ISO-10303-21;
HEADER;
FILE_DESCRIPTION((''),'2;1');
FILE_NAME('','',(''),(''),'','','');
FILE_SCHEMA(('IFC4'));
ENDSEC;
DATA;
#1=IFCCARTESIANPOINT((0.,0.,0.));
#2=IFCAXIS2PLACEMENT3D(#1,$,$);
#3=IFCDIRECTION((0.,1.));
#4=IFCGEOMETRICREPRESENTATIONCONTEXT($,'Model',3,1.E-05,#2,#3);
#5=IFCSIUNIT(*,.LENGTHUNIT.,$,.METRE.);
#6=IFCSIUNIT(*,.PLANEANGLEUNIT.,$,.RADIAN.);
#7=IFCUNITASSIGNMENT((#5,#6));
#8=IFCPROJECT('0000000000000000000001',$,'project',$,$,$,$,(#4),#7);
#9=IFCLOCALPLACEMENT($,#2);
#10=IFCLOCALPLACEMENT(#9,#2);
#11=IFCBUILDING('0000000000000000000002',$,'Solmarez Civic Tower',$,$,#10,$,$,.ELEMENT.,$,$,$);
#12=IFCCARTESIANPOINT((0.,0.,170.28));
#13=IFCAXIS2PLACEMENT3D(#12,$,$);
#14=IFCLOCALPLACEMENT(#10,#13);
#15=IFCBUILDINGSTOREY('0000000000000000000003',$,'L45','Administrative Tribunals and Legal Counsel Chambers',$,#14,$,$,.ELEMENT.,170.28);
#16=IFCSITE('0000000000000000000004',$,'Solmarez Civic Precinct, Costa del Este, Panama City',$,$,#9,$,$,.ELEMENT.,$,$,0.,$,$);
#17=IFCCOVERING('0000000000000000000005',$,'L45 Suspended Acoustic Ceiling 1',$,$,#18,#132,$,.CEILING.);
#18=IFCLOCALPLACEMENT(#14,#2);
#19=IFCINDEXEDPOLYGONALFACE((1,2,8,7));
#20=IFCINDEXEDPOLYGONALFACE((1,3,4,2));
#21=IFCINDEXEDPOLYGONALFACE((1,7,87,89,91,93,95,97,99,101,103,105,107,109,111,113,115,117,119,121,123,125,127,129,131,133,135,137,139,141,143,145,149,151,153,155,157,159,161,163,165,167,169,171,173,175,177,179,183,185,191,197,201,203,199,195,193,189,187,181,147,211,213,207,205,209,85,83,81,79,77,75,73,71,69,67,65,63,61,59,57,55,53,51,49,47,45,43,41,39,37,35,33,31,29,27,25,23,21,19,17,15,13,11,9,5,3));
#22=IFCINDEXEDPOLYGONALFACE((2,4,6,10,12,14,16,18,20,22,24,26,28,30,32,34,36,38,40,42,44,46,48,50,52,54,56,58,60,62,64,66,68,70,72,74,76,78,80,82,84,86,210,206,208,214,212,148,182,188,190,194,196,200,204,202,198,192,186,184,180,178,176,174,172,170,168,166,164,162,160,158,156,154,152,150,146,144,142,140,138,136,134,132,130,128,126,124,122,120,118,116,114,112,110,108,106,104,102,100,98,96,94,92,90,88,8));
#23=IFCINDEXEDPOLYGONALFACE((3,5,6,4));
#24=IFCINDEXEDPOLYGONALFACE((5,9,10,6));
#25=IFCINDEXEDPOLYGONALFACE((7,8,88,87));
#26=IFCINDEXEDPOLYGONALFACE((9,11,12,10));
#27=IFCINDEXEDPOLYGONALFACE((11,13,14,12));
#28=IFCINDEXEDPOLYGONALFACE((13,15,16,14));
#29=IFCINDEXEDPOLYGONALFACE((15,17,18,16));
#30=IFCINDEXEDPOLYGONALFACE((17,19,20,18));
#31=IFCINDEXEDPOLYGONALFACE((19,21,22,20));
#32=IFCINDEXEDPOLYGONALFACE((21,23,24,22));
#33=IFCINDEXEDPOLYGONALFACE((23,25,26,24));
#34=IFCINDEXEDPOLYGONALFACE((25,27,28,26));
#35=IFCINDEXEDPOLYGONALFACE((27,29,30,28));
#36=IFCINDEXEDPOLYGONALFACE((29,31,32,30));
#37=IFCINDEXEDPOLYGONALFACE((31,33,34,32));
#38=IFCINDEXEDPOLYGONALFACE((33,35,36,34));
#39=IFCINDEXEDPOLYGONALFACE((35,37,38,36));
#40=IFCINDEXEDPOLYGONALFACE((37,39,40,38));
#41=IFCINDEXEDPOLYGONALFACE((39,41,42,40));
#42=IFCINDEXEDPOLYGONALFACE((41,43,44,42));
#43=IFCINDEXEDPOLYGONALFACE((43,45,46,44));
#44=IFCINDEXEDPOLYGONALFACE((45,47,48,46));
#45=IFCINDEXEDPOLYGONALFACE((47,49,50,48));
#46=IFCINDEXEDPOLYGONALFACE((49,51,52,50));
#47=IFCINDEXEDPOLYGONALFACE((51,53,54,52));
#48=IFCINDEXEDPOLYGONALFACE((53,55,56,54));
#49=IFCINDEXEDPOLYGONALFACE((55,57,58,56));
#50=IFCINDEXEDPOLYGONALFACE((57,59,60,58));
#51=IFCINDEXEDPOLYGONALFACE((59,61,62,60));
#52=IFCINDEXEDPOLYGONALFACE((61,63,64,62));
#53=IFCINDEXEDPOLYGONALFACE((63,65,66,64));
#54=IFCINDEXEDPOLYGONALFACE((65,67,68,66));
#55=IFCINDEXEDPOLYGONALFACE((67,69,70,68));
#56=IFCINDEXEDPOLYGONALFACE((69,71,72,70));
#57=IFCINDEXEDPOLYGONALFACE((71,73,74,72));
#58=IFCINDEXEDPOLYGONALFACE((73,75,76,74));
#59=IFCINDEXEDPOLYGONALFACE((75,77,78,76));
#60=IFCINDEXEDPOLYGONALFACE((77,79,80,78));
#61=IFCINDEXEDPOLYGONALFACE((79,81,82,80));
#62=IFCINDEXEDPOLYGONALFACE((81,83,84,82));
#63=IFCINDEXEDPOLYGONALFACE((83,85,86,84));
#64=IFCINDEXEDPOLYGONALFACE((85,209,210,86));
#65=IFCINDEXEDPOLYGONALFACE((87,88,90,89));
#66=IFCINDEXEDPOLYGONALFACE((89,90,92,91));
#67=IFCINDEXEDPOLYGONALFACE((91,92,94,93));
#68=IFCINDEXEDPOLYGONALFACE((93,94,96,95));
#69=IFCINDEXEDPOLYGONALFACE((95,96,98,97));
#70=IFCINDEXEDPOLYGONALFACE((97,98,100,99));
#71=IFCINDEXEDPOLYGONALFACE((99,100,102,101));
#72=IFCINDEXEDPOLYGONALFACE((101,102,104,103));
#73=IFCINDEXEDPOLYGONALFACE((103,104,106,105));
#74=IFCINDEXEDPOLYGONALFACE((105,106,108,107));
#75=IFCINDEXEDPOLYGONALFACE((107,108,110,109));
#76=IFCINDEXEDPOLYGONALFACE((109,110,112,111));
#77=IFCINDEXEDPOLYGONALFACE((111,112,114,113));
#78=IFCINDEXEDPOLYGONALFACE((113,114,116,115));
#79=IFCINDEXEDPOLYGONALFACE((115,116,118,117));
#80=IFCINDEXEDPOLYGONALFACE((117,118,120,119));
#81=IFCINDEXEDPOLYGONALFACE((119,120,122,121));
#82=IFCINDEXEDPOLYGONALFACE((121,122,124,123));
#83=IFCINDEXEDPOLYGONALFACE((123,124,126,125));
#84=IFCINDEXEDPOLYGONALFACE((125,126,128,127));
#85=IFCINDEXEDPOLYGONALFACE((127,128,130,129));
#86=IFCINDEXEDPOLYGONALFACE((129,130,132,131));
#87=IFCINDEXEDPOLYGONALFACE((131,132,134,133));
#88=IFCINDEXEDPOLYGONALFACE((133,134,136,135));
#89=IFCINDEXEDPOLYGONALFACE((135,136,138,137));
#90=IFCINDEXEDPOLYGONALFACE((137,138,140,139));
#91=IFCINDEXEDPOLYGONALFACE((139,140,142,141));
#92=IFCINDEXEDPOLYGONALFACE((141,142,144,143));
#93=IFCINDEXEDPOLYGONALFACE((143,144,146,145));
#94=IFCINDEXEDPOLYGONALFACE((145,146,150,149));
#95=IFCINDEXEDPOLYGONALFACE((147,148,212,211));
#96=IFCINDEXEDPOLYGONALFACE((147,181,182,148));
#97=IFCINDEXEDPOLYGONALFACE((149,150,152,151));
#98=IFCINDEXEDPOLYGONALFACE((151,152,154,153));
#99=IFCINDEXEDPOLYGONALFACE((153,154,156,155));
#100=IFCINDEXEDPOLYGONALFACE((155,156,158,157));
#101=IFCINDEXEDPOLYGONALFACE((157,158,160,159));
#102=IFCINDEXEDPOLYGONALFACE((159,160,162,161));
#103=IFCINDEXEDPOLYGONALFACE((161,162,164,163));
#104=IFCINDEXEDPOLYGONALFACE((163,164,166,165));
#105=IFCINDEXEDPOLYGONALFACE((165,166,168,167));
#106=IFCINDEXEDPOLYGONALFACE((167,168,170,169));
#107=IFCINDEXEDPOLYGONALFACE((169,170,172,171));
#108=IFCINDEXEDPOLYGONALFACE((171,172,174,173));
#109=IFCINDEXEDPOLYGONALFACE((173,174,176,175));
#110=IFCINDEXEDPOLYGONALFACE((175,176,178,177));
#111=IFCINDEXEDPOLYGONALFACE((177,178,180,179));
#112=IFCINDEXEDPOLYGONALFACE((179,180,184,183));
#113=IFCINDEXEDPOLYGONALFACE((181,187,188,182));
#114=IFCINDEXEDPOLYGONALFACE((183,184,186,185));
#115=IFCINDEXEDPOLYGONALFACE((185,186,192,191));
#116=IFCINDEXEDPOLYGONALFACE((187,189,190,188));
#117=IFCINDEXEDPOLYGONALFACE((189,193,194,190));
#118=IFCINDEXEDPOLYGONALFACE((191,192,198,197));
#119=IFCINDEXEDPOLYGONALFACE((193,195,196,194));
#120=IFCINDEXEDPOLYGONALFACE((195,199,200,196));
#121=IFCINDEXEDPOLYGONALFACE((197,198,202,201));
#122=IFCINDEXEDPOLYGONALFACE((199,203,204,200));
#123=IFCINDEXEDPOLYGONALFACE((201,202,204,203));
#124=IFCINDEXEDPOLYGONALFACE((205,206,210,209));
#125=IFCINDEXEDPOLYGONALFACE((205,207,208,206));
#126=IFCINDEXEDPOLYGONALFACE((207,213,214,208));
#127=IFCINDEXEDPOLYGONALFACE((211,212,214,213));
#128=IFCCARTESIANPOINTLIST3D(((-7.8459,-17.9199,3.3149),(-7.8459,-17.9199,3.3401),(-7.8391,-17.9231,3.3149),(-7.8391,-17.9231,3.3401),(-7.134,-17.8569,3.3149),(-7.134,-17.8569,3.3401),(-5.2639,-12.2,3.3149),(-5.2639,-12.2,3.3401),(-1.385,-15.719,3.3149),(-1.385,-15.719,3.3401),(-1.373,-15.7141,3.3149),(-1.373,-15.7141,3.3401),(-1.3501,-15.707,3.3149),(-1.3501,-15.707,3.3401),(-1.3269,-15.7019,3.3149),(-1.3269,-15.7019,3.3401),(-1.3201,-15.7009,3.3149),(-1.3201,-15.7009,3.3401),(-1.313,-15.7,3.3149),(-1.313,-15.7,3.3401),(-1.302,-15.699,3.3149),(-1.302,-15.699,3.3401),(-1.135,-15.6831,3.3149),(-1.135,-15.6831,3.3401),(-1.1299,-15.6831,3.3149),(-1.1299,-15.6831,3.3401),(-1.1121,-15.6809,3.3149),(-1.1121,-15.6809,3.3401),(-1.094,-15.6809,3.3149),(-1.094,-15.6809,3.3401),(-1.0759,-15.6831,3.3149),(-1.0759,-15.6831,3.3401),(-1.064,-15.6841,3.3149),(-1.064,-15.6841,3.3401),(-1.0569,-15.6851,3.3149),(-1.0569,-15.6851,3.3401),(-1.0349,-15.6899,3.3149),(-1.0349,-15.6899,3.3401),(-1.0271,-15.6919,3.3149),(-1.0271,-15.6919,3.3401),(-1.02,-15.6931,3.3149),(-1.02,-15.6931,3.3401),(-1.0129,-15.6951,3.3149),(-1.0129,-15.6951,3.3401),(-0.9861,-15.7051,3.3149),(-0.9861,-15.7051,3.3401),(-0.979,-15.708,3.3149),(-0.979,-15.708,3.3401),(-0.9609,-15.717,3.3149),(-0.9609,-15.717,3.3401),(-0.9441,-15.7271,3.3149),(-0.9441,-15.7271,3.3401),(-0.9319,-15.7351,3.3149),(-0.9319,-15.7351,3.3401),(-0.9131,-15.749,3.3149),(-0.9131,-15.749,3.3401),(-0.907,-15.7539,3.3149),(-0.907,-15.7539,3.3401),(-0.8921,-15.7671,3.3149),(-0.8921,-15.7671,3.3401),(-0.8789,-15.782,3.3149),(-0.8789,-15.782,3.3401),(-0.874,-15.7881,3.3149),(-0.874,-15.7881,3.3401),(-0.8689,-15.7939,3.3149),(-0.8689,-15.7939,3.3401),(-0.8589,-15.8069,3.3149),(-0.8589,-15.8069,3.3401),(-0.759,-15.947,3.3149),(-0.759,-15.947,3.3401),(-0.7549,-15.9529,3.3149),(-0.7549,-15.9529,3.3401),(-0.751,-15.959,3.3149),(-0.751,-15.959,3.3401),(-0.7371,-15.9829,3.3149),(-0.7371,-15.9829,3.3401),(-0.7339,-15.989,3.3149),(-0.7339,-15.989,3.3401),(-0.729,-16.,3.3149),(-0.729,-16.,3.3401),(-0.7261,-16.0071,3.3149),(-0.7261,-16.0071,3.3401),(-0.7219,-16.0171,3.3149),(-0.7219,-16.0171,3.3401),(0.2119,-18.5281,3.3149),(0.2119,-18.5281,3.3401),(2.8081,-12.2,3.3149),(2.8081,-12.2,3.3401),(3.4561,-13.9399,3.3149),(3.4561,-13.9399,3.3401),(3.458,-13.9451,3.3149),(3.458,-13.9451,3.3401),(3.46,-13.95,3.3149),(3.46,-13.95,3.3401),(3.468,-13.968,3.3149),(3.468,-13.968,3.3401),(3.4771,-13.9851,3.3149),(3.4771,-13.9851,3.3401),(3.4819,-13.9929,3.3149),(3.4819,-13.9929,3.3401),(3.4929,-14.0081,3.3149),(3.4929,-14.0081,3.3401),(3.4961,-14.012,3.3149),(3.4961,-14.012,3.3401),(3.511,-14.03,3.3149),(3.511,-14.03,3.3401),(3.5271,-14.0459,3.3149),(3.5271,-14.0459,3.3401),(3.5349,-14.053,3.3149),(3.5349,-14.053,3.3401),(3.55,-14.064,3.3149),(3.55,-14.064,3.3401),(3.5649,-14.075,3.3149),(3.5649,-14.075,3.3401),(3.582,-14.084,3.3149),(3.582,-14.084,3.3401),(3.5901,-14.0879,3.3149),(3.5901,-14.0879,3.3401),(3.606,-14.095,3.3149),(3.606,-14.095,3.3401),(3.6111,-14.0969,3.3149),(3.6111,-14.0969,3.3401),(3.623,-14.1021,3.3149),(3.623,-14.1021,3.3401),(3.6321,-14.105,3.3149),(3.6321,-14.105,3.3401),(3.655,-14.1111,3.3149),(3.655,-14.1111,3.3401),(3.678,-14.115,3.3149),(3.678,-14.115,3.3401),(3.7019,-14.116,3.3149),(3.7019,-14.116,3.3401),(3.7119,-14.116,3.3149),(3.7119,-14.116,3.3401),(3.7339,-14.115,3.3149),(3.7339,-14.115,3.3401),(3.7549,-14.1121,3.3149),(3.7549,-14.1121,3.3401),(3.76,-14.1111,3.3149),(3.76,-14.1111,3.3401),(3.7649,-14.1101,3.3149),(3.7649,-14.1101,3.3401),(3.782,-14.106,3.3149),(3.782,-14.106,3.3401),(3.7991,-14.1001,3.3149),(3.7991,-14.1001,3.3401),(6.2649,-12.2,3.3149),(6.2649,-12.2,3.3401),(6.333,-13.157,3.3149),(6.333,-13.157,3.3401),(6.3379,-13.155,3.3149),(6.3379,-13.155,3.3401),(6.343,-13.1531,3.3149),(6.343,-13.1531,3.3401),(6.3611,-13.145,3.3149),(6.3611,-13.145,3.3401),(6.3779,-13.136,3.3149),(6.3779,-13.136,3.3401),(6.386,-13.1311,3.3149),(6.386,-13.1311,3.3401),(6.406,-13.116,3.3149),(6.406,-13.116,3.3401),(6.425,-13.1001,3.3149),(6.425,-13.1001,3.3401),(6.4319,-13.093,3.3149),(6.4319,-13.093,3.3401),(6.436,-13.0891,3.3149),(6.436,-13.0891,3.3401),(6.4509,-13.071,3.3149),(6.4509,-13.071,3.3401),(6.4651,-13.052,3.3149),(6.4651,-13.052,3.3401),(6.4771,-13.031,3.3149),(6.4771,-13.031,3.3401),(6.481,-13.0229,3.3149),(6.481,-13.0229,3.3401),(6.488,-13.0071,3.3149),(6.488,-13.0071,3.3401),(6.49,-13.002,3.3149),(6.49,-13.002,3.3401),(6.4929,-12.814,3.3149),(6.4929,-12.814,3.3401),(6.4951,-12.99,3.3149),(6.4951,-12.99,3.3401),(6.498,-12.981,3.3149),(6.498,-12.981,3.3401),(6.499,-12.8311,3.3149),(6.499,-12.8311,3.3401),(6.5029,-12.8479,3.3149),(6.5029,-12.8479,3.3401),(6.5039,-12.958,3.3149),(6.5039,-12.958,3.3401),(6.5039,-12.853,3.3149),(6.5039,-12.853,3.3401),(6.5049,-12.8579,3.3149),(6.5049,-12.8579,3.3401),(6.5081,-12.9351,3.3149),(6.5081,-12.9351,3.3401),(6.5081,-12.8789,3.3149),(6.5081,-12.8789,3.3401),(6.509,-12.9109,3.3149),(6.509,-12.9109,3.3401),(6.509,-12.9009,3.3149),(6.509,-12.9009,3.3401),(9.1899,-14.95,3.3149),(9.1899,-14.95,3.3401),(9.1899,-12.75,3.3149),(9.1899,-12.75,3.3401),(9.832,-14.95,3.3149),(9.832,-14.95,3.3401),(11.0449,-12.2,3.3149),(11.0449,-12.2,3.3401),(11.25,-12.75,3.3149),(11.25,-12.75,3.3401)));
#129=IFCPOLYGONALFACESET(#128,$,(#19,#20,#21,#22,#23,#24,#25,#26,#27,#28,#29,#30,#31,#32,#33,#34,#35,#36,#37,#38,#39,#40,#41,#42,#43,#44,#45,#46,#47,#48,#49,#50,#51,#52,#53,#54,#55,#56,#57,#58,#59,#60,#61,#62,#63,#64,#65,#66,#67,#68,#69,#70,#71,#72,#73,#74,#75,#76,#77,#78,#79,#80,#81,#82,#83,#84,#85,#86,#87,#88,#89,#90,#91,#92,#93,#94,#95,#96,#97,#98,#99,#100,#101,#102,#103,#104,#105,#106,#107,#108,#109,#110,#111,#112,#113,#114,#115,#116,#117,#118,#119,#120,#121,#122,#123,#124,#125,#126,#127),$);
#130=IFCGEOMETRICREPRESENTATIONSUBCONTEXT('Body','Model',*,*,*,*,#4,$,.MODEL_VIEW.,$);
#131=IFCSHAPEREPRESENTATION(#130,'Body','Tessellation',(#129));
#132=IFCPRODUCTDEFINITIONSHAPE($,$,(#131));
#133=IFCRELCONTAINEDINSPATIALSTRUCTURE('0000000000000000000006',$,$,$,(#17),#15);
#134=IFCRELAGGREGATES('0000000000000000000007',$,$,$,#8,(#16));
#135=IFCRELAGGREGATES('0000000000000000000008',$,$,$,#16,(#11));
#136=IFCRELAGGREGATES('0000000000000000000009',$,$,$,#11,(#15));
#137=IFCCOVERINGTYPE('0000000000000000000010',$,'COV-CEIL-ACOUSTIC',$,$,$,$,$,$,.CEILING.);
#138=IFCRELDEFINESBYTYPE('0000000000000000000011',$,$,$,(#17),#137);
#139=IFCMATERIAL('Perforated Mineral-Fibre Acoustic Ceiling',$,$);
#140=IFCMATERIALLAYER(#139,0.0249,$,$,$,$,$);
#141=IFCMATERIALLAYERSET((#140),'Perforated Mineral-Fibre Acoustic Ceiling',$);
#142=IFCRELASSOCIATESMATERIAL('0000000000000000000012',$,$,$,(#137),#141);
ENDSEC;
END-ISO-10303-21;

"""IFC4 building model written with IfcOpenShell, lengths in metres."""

from ifc_helpers import new_model, si_unit, direction, frame, origin, place, context, subcontext, project, spatial, polyline, outline, extrude, material, layer, layer_set, type_object, element, save


model = new_model("IFC4")

# Units and contexts
model_context = context("Model", 3, precision=1e-05, world=origin(), true_north=direction((0.0, 1.0)))
body_context = subcontext(model_context, "Body", "Model", "MODEL_VIEW")
ifc_project = project(units=[si_unit("LENGTHUNIT", "METRE"), si_unit("PLANEANGLEUNIT", "RADIAN")], contexts=[model_context])

# Site, building, storey
site_placement = place(None, origin())
site = spatial("IfcSite", under=ifc_project, at=site_placement, Name="Solmarez Civic Precinct, Costa del Este, Panama City", CompositionType="ELEMENT", RefElevation=0.0)
building_placement = place(site_placement, origin())
building = spatial("IfcBuilding", under=site, at=building_placement, Name="Solmarez Civic Tower", CompositionType="ELEMENT")
storey_placement = place(building_placement, frame((0.0, 0.0, 170.28)))
storey = spatial("IfcBuildingStorey", under=building, at=storey_placement, Name="L45", Description="Administrative Tribunals and Legal Counsel Chambers", CompositionType="ELEMENT", Elevation=170.28)

# Covering
ifc_material_1 = material(Name="Perforated Mineral-Fibre Acoustic Ceiling")
ifc_layer_1 = layer(ifc_material_1, 0.0249)
ifc_layer_set_1 = layer_set([ifc_layer_1], Name="Perforated Mineral-Fibre Acoustic Ceiling")
covering_type_1 = type_object("IfcCoveringType", Name="COV-CEIL-ACOUSTIC", PredefinedType="CEILING", material=ifc_layer_set_1)
covering_1_placement = place(storey_placement, frame((0.0, 0.0, 3.3149)))
element("IfcCovering", 1, at=covering_1_placement, inside=storey, type_object=covering_type_1, Name="L45 Suspended Acoustic Ceiling 1", PredefinedType="CEILING", context=body_context, shape_type="SweptSolid", body=[
    extrude(outline(polyline([(-1.385, -15.719), (-1.373, -15.7141), (-1.3501, -15.707), (-1.3269, -15.7019), (-1.3201, -15.7009), (-1.313, -15.7), (-1.302, -15.699), (-1.135, -15.6831), (-1.1299, -15.6831), (-1.1121, -15.6809), (-1.094, -15.6809), (-1.0759, -15.6831), (-1.064, -15.6841), (-1.0569, -15.6851), (-1.0349, -15.6899), (-1.0271, -15.6919), (-1.02, -15.6931), (-1.0129, -15.6951), (-0.9861, -15.7051), (-0.979, -15.708), (-0.9609, -15.717), (-0.9441, -15.7271), (-0.9319, -15.7351), (-0.9131, -15.749), (-0.907, -15.7539), (-0.8921, -15.7671), (-0.8789, -15.782), (-0.874, -15.7881), (-0.8689, -15.7939), (-0.8589, -15.8069), (-0.759, -15.947), (-0.7549, -15.9529), (-0.751, -15.959), (-0.7371, -15.9829), (-0.7339, -15.989), (-0.729, -16.0), (-0.7261, -16.0071), (-0.7219, -16.0171), (0.2119, -18.5281), (9.832, -14.95), (9.1899, -14.95), (9.1899, -12.75), (11.25, -12.75), (11.0449, -12.2), (6.2649, -12.2), (6.4929, -12.814), (6.499, -12.8311), (6.5029, -12.8479), (6.5039, -12.853), (6.5049, -12.8579), (6.5081, -12.8789), (6.509, -12.9009), (6.509, -12.9109), (6.5081, -12.9351), (6.5039, -12.958), (6.498, -12.981), (6.4951, -12.99), (6.49, -13.002), (6.488, -13.0071), (6.481, -13.0229), (6.4771, -13.031), (6.4651, -13.052), (6.4509, -13.071), (6.436, -13.0891), (6.4319, -13.093), (6.425, -13.1001), (6.406, -13.116), (6.386, -13.1311), (6.3779, -13.136), (6.3611, -13.145), (6.343, -13.1531), (6.3379, -13.155), (6.333, -13.157), (3.7991, -14.1001), (3.782, -14.106), (3.7649, -14.1101), (3.76, -14.1111), (3.7549, -14.1121), (3.7339, -14.115), (3.7119, -14.116), (3.7019, -14.116), (3.678, -14.115), (3.655, -14.1111), (3.6321, -14.105), (3.623, -14.1021), (3.6111, -14.0969), (3.606, -14.095), (3.5901, -14.0879), (3.582, -14.084), (3.5649, -14.075), (3.55, -14.064), (3.5349, -14.053), (3.5271, -14.0459), (3.511, -14.03), (3.4961, -14.012), (3.4929, -14.0081), (3.4819, -13.9929), (3.4771, -13.9851), (3.468, -13.968), (3.46, -13.95), (3.458, -13.9451), (3.4561, -13.9399), (2.8081, -12.2), (-5.2639, -12.2), (-7.8459, -17.9199), (-7.8391, -17.9231), (-7.134, -17.8569), (-1.385, -15.719)])), origin(), (0.0, 0.0, 1.0), 0.0251),
])

save(model, "model.ifc")
